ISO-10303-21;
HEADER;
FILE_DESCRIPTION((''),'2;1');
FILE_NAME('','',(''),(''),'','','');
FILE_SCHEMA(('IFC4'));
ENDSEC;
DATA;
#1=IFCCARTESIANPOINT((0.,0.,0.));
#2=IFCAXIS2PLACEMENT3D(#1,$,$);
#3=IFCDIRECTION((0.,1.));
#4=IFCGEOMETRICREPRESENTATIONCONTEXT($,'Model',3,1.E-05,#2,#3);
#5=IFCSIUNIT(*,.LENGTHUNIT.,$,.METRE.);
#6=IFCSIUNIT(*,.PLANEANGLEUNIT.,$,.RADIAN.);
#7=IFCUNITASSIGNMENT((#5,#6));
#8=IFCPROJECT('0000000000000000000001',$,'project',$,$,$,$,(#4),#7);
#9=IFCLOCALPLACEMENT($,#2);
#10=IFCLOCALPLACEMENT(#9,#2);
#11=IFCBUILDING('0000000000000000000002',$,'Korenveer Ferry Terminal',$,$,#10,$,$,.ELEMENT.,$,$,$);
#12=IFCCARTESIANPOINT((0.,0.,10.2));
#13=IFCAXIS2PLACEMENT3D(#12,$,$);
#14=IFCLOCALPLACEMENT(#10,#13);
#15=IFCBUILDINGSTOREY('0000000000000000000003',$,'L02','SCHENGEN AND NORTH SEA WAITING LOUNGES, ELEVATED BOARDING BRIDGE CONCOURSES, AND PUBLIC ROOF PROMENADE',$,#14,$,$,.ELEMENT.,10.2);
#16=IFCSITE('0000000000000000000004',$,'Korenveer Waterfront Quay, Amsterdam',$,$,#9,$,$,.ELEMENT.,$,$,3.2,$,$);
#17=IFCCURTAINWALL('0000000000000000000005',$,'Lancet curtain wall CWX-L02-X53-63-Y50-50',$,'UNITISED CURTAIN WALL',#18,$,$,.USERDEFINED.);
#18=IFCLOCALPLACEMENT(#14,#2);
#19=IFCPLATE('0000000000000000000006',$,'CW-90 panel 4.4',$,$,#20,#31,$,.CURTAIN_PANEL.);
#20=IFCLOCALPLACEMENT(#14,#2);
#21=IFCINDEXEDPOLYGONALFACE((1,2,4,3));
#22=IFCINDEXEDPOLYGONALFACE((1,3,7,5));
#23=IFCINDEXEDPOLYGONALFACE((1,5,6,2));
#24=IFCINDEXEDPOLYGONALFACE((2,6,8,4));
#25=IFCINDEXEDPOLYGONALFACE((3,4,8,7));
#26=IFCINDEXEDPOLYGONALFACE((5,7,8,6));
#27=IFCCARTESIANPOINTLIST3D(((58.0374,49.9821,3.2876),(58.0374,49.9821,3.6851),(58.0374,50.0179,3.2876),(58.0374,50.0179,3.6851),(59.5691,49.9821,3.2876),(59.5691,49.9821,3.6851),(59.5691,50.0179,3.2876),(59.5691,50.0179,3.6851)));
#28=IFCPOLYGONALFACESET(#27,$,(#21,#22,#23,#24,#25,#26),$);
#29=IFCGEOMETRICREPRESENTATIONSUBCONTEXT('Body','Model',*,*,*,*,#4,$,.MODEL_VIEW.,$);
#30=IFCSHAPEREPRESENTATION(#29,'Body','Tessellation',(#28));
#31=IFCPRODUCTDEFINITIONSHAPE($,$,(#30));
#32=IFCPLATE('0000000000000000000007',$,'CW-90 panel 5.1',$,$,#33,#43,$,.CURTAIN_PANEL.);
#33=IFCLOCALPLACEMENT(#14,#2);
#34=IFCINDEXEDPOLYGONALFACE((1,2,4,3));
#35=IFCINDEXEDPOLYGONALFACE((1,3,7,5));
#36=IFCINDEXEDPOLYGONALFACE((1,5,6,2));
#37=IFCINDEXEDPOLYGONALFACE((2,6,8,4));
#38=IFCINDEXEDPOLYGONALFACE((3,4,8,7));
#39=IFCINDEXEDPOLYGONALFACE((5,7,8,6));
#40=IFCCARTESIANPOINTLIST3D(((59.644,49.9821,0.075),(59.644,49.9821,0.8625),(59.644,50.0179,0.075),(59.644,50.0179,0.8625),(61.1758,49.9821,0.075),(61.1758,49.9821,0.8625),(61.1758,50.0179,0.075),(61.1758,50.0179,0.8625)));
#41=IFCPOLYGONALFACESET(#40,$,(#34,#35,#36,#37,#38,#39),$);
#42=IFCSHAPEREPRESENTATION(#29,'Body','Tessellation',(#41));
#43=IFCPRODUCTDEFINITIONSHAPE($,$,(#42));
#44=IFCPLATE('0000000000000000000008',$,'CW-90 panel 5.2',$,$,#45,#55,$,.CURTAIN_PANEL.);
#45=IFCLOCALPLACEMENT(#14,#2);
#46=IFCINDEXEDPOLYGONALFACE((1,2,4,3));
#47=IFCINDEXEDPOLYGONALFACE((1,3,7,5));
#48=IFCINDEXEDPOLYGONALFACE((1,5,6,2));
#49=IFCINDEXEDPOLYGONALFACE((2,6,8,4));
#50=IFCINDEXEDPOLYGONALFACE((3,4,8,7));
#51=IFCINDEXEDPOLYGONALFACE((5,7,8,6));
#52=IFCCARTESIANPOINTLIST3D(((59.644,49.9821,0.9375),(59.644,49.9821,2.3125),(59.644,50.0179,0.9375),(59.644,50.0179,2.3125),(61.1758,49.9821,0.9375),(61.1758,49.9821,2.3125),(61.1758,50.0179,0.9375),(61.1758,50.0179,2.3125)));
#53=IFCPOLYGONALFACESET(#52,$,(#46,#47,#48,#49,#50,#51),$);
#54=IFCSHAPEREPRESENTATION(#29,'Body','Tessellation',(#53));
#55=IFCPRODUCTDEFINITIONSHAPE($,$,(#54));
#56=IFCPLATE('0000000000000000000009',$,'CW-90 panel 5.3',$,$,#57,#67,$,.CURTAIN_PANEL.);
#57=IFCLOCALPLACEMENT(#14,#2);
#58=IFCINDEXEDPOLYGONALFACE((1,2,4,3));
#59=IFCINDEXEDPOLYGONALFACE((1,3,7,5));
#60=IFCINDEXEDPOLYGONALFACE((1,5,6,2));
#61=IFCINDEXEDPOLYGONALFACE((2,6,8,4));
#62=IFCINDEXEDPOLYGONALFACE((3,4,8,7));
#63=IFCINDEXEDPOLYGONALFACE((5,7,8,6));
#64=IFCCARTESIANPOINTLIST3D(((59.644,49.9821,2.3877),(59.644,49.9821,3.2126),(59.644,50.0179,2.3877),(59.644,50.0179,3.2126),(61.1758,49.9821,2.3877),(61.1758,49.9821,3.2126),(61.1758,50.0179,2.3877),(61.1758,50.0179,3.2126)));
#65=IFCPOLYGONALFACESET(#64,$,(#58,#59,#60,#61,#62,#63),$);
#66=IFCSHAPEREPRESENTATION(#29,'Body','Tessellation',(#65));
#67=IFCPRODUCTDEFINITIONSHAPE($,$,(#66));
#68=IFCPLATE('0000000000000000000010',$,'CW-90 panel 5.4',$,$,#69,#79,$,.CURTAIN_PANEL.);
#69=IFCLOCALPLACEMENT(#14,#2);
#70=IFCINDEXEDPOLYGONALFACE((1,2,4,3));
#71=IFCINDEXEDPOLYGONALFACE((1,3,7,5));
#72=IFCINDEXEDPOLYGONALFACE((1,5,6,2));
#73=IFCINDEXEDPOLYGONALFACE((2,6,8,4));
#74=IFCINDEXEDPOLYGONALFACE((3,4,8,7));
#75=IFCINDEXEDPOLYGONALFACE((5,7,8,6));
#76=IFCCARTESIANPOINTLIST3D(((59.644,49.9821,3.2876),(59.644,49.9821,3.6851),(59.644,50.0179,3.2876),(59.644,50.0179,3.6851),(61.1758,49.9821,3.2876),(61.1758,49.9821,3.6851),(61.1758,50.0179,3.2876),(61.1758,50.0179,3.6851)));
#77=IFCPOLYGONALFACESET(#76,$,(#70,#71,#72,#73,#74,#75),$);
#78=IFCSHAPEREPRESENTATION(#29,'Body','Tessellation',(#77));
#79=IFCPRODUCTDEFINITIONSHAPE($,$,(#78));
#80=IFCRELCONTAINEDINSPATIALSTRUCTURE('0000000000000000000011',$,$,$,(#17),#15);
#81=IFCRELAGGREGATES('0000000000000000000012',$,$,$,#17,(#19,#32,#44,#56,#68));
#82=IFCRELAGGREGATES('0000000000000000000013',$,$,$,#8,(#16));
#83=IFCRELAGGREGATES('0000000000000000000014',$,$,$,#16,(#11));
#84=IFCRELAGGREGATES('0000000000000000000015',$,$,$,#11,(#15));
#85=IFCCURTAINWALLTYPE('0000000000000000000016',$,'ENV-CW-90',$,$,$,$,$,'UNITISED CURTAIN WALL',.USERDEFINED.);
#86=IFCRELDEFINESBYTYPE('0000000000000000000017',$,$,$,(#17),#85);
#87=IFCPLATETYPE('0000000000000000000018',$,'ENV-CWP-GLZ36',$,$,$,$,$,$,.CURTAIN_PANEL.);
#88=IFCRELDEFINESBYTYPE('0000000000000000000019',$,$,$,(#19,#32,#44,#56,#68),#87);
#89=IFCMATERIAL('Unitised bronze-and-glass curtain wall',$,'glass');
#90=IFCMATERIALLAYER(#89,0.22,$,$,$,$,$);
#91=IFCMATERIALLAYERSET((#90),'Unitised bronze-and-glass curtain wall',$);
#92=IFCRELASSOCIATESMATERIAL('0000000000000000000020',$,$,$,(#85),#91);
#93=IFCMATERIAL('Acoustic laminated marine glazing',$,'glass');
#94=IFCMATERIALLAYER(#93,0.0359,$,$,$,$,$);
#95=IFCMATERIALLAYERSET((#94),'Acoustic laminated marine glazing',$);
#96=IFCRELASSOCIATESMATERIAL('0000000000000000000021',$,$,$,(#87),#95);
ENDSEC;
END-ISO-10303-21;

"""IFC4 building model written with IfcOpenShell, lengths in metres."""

from ifc_helpers import new_model, si_unit, direction, frame, origin, origin_2d, place, context, subcontext, project, spatial, rectangle, extrude, material, layer, layer_set, type_object, element, aggregate, save


model = new_model("IFC4")

# Units and contexts
model_context = context("Model", 3, precision=1e-05, world=origin(), true_north=direction((0.0, 1.0)))
body_context = subcontext(model_context, "Body", "Model", "MODEL_VIEW")
ifc_project = project(units=[si_unit("LENGTHUNIT", "METRE"), si_unit("PLANEANGLEUNIT", "RADIAN")], contexts=[model_context])

# Site, building, storey
site_placement = place(None, origin())
site = spatial("IfcSite", under=ifc_project, at=site_placement, Name="Korenveer Waterfront Quay, Amsterdam", CompositionType="ELEMENT", RefElevation=3.2)
building_placement = place(site_placement, origin())
building = spatial("IfcBuilding", under=site, at=building_placement, Name="Korenveer Ferry Terminal", CompositionType="ELEMENT")
storey_placement = place(building_placement, frame((0.0, 0.0, 10.2)))
storey = spatial("IfcBuildingStorey", under=building, at=storey_placement, Name="L02", Description="SCHENGEN AND NORTH SEA WAITING LOUNGES, ELEVATED BOARDING BRIDGE CONCOURSES, AND PUBLIC ROOF PROMENADE", CompositionType="ELEMENT", Elevation=10.2)

# Curtain wall, plates
ifc_material_1 = material(Name="Unitised bronze-and-glass curtain wall", Category="glass")
ifc_layer_1 = layer(ifc_material_1, 0.22)
ifc_layer_set_1 = layer_set([ifc_layer_1], Name="Unitised bronze-and-glass curtain wall")
curtain_wall_type = type_object("IfcCurtainWallType", Name="ENV-CW-90", ElementType="UNITISED CURTAIN WALL", PredefinedType="USERDEFINED", material=ifc_layer_set_1)
curtain_wall_placement = place(storey_placement, frame((53.1799, 50.0, 0.0)))
curtain_wall = element("IfcCurtainWall", 1, at=curtain_wall_placement, inside=storey, type_object=curtain_wall_type, Name="Lancet curtain wall CWX-L02-X53-63-Y50-50", ObjectType="UNITISED CURTAIN WALL", PredefinedType="USERDEFINED")
ifc_material_2 = material(Name="Acoustic laminated marine glazing", Category="glass")
ifc_layer_2 = layer(ifc_material_2, 0.0359)
ifc_layer_set_2 = layer_set([ifc_layer_2], Name="Acoustic laminated marine glazing")
plate_type = type_object("IfcPlateType", Name="ENV-CWP-GLZ36", PredefinedType="CURTAIN_PANEL", material=ifc_layer_set_2)
plate_1_placement = place(storey_placement, frame((58.8032, 50.0, 3.2876), z_axis=(0.0, 0.0, 1.0), x_axis=(1.0, 0.0, 0.0)))
plate_1 = element("IfcPlate", 2, at=plate_1_placement, type_object=plate_type, Name="CW-90 panel 4.4", PredefinedType="CURTAIN_PANEL", context=body_context, shape_type="SweptSolid", body=[
    extrude(rectangle(XDim=1.5317, YDim=0.0359, at=origin_2d()), origin(), (0.0, 0.0, 1.0), 0.3975),
])
plate_2_placement = place(storey_placement, frame((60.4099, 50.0, 0.075), z_axis=(0.0, 0.0, 1.0), x_axis=(1.0, 0.0, 0.0)))
plate_2 = element("IfcPlate", 3, at=plate_2_placement, type_object=plate_type, Name="CW-90 panel 5.1", PredefinedType="CURTAIN_PANEL", context=body_context, shape_type="SweptSolid", body=[
    extrude(rectangle(XDim=1.5317, YDim=0.0359, at=origin_2d()), origin(), (0.0, 0.0, 1.0), 0.7876),
])
plate_3_placement = place(storey_placement, frame((60.4099, 50.0, 0.9375), z_axis=(0.0, 0.0, 1.0), x_axis=(1.0, 0.0, 0.0)))
plate_3 = element("IfcPlate", 4, at=plate_3_placement, type_object=plate_type, Name="CW-90 panel 5.2", PredefinedType="CURTAIN_PANEL", context=body_context, shape_type="SweptSolid", body=[
    extrude(rectangle(XDim=1.5317, YDim=0.0359, at=origin_2d()), origin(), (0.0, 0.0, 1.0), 1.375),
])
plate_4_placement = place(storey_placement, frame((60.4099, 50.0, 2.3877), z_axis=(0.0, 0.0, 1.0), x_axis=(1.0, 0.0, 0.0)))
plate_4 = element("IfcPlate", 5, at=plate_4_placement, type_object=plate_type, Name="CW-90 panel 5.3", PredefinedType="CURTAIN_PANEL", context=body_context, shape_type="SweptSolid", body=[
    extrude(rectangle(XDim=1.5317, YDim=0.0359, at=origin_2d()), origin(), (0.0, 0.0, 1.0), 0.825),
])
plate_5_placement = place(storey_placement, frame((60.4099, 50.0, 3.2876), z_axis=(0.0, 0.0, 1.0), x_axis=(1.0, 0.0, 0.0)))
plate_5 = element("IfcPlate", 6, at=plate_5_placement, type_object=plate_type, Name="CW-90 panel 5.4", PredefinedType="CURTAIN_PANEL", context=body_context, shape_type="SweptSolid", body=[
    extrude(rectangle(XDim=1.5317, YDim=0.0359, at=origin_2d()), origin(), (0.0, 0.0, 1.0), 0.3975),
])
aggregate(curtain_wall, [plate_1, plate_2, plate_3, plate_4, plate_5])

save(model, "model.ifc")
